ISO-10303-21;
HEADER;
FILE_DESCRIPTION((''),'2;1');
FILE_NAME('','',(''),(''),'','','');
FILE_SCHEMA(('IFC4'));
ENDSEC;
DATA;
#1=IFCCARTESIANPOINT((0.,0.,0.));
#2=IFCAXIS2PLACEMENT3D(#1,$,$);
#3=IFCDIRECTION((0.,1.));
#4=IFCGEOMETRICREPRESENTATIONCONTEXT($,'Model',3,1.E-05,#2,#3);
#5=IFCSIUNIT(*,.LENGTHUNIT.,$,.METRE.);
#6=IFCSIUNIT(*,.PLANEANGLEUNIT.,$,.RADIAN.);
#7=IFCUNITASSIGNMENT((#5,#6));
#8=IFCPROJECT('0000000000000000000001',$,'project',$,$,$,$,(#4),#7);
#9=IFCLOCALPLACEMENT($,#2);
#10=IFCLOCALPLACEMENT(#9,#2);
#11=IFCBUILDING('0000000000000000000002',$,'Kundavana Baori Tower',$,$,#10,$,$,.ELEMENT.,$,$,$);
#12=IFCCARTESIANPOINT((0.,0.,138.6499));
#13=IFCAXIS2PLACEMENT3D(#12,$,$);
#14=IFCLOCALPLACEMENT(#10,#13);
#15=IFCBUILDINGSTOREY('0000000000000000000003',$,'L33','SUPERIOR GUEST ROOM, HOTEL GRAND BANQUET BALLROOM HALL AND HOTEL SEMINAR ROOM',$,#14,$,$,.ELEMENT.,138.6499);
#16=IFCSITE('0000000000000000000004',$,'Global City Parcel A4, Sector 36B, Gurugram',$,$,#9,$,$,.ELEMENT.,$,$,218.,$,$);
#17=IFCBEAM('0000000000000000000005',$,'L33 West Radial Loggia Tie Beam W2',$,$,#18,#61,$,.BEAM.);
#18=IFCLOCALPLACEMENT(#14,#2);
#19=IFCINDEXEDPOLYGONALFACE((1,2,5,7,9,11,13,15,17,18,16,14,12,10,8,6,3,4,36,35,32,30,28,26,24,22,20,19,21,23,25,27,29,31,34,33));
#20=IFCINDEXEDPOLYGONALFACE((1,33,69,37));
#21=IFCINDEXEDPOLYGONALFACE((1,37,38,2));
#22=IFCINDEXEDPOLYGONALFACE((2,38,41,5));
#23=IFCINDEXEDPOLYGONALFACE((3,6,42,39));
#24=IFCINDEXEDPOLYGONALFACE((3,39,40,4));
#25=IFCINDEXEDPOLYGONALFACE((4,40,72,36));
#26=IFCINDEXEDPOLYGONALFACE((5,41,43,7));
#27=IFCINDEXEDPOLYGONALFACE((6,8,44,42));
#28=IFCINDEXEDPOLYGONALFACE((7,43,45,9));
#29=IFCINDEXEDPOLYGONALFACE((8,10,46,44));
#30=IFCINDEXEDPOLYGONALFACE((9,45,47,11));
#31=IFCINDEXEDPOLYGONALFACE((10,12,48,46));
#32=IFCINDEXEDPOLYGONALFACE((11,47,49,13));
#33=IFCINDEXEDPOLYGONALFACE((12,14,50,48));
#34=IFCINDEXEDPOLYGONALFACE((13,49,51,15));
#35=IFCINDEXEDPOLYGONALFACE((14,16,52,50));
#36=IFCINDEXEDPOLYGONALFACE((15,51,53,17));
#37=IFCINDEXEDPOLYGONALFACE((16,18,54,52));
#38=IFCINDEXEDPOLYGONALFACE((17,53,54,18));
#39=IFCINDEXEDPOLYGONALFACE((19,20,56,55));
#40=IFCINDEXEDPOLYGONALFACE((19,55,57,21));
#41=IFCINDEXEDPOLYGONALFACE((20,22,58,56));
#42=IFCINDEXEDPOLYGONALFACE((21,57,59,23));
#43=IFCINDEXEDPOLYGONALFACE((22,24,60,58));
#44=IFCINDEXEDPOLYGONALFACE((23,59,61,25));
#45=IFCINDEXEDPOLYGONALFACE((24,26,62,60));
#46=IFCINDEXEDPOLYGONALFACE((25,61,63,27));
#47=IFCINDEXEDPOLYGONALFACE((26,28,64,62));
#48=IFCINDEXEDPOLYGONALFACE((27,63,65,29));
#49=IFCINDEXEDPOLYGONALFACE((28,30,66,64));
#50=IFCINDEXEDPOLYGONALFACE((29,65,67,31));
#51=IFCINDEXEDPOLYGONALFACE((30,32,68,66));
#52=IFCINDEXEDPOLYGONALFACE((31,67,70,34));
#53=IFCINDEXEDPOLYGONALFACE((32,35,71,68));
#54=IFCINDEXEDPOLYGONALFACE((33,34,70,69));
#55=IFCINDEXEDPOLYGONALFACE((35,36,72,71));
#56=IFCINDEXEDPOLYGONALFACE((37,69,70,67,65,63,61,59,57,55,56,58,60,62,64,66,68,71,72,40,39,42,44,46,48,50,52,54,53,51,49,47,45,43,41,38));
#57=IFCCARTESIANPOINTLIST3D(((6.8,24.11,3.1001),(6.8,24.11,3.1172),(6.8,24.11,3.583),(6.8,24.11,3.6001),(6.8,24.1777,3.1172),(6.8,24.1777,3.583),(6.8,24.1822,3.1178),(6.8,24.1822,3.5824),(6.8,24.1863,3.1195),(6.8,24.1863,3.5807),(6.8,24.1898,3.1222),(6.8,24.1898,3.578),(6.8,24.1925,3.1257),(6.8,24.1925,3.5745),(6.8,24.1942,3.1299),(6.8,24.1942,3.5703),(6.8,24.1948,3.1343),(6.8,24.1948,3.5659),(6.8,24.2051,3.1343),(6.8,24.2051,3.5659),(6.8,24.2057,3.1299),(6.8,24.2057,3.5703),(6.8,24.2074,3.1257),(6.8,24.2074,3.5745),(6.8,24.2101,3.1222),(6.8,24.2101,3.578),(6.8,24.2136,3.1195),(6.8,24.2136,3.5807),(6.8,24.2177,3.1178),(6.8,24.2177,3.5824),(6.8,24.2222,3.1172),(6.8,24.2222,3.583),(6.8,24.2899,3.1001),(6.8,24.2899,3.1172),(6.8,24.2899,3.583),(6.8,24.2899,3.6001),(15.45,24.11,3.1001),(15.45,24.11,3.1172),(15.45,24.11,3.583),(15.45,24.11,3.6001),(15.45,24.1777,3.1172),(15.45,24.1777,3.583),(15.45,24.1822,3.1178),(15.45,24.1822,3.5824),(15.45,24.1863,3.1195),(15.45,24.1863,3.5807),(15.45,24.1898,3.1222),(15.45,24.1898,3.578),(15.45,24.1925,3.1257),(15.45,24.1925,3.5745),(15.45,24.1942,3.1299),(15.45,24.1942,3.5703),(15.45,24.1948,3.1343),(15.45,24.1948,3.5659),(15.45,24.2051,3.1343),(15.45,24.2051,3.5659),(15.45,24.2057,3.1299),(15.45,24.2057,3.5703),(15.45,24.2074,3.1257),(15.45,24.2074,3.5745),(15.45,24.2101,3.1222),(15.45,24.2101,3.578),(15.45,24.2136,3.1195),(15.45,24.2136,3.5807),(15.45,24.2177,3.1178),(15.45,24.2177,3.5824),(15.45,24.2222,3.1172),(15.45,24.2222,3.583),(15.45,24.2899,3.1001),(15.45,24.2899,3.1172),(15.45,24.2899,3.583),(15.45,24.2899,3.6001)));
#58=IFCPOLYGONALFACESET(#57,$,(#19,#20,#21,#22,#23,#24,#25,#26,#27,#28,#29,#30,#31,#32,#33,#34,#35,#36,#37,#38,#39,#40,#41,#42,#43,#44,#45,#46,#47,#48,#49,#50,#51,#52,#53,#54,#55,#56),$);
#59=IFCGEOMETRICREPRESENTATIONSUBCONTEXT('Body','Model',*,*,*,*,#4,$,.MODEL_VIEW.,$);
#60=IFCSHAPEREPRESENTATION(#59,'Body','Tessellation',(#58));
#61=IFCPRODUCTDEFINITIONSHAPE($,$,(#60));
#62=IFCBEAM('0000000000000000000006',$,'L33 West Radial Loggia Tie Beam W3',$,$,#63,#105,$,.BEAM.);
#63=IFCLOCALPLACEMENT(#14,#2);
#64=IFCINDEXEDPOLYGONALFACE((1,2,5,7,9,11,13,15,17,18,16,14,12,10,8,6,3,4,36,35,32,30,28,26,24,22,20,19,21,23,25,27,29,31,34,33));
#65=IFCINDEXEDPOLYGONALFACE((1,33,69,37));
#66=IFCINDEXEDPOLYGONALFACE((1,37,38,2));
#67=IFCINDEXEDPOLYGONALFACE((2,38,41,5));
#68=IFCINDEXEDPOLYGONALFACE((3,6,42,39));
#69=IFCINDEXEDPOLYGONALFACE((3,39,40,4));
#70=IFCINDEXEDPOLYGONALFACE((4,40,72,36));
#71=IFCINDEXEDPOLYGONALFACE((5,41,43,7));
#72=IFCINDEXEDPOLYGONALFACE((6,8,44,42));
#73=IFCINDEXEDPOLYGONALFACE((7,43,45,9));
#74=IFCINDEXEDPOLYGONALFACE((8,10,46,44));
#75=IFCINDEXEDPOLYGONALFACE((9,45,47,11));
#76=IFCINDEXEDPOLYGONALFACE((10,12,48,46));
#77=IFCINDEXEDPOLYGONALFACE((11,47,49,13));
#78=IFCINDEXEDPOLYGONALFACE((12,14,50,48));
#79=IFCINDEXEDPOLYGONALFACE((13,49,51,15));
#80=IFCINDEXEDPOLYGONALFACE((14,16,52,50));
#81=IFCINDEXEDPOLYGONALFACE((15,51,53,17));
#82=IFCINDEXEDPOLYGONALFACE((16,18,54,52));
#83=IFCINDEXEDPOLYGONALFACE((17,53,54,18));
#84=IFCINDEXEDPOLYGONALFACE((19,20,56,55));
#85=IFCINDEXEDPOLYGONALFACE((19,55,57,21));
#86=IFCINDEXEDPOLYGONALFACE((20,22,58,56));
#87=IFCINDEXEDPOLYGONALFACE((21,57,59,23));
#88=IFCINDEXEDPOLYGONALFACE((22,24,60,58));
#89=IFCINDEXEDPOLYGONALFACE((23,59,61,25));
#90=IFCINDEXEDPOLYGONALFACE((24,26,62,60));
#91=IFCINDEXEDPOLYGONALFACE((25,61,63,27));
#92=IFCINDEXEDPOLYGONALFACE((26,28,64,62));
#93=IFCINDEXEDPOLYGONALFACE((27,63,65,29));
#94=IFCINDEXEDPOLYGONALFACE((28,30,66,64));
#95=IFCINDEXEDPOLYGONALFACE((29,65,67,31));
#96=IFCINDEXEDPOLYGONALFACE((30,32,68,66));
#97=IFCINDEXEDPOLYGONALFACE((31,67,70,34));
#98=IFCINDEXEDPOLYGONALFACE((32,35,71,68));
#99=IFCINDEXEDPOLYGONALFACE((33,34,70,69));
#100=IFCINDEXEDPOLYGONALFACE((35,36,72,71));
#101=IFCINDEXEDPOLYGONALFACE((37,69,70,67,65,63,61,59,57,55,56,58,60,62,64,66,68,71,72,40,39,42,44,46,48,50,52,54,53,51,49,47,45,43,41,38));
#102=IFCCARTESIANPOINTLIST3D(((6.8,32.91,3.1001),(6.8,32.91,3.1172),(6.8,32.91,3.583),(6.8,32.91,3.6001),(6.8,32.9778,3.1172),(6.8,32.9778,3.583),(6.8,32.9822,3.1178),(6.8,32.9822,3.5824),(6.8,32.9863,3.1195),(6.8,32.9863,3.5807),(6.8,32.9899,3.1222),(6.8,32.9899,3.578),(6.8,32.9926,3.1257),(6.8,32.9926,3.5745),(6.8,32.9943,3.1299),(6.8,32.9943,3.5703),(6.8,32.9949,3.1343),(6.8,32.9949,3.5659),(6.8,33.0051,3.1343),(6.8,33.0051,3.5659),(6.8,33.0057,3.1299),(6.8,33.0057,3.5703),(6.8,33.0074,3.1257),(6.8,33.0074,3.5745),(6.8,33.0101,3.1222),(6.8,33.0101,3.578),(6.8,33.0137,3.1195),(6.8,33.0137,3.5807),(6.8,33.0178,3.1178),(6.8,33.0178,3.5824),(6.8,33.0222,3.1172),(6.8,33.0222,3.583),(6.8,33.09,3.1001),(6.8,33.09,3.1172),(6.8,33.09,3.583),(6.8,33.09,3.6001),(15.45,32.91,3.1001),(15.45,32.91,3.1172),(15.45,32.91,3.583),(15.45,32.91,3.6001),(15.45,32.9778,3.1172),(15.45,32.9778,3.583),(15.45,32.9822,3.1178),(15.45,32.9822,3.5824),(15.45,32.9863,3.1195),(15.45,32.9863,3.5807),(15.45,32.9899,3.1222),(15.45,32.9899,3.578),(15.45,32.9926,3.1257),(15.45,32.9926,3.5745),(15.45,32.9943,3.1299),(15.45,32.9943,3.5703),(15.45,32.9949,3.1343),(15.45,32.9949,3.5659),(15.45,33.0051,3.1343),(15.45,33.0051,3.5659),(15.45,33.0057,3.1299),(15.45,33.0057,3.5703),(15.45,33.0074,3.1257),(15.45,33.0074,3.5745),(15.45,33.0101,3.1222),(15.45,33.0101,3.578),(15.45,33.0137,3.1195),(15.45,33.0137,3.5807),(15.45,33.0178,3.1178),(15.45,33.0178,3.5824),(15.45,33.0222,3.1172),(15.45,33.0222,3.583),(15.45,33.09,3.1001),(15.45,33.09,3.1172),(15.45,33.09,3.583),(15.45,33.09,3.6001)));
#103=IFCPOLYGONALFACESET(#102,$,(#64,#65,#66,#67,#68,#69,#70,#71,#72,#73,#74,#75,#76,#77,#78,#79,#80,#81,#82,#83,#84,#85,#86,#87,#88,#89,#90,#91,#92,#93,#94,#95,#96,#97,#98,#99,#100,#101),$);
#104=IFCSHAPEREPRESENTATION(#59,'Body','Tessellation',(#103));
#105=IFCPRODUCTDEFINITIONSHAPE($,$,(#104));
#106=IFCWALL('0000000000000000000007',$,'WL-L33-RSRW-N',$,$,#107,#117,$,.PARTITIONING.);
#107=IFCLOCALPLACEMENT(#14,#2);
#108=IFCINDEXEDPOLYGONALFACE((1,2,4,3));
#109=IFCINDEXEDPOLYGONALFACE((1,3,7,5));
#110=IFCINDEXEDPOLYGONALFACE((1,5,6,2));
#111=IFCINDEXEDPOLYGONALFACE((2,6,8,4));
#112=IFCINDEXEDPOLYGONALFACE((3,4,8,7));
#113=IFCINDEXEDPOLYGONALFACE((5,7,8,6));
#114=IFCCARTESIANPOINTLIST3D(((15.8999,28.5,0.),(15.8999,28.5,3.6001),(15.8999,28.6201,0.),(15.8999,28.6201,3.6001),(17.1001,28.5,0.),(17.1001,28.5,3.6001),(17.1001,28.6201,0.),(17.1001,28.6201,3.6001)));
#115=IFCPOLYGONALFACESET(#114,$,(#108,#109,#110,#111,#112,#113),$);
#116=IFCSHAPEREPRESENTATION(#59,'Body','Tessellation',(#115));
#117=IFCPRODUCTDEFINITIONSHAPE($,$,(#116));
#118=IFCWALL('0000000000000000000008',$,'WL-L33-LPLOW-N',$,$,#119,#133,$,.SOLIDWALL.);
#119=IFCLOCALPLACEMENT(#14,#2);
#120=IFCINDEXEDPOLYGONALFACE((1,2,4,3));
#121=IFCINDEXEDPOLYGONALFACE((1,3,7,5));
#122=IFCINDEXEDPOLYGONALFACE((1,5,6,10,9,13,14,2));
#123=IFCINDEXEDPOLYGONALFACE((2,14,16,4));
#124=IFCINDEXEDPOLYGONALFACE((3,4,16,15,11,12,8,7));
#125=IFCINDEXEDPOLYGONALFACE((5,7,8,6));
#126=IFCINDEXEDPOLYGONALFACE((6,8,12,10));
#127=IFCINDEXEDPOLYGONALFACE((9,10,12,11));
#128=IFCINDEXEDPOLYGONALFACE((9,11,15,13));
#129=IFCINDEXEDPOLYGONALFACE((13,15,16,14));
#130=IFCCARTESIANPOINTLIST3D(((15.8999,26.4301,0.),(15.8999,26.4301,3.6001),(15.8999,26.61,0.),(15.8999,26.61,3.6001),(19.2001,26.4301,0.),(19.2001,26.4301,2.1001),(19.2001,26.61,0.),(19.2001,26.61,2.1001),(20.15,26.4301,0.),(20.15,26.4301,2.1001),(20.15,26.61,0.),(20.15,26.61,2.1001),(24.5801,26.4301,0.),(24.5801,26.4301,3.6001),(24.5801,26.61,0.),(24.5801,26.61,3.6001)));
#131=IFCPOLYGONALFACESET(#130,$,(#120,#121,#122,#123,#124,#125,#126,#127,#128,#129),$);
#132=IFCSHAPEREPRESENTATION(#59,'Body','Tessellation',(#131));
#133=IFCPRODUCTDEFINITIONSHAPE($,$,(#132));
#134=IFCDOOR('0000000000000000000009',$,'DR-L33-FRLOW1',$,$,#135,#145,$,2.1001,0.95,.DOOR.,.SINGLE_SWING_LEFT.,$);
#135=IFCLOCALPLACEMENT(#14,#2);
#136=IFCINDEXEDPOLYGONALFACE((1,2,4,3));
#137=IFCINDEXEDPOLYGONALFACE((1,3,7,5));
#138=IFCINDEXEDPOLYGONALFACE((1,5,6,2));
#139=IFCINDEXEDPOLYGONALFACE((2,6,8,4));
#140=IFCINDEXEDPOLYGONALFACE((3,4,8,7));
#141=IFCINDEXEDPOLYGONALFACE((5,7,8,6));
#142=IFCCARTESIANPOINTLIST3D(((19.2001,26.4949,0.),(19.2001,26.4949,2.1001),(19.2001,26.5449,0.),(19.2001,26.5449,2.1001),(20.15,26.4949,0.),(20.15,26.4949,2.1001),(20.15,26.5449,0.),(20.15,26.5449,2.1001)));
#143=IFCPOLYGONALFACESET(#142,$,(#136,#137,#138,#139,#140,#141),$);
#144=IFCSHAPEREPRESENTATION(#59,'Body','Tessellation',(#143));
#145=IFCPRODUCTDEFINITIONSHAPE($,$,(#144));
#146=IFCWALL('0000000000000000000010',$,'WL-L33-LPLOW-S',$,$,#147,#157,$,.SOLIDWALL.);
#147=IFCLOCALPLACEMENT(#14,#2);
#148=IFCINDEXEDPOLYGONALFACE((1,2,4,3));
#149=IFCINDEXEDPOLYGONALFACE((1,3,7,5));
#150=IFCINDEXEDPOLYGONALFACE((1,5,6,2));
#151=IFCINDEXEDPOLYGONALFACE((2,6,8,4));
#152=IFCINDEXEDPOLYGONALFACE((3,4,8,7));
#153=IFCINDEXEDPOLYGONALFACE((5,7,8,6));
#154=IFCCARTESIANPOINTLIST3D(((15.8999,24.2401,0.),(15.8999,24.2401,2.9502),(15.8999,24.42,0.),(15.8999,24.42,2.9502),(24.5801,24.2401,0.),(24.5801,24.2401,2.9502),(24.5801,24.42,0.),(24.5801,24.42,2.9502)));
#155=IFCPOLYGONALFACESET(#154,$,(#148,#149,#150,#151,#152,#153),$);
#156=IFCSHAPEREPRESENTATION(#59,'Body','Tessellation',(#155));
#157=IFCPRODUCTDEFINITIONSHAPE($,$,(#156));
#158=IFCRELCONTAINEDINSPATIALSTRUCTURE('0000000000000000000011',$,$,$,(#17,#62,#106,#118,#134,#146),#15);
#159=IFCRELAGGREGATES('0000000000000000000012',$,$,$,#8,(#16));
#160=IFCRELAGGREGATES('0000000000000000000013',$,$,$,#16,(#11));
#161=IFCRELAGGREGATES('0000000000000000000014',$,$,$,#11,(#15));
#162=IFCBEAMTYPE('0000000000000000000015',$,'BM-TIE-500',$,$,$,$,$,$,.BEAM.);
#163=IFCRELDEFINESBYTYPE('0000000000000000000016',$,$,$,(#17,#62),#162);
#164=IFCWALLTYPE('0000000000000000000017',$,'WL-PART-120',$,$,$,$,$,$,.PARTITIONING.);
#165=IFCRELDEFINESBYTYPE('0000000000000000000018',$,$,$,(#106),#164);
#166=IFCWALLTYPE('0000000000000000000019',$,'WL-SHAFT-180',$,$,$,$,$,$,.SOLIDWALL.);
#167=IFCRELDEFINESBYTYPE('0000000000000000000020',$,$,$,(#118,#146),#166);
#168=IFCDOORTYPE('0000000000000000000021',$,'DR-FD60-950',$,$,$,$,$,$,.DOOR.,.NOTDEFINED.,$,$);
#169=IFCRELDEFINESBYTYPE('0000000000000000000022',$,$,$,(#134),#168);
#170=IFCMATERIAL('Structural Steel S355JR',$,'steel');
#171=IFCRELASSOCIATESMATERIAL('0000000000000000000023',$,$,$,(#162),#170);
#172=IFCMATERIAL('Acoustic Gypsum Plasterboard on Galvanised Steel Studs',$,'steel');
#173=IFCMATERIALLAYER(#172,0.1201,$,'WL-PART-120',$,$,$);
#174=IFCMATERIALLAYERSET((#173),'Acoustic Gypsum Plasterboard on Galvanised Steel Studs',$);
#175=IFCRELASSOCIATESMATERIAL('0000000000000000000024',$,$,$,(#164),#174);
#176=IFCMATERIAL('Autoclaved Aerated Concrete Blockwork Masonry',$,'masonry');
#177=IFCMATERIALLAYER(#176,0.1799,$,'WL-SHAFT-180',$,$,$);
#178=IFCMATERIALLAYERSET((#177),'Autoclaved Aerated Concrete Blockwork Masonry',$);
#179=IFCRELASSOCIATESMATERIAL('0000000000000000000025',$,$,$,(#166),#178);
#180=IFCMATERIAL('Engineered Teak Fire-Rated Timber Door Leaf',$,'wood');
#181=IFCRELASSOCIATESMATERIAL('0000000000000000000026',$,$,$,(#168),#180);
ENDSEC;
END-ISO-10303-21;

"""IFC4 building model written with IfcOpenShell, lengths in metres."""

from ifc_helpers import new_model, si_unit, direction, frame, frame_2d, origin, origin_2d, place, context, subcontext, project, spatial, rectangle, i_section, extrude, material, layer, layer_set, material_profile, profile_set, type_object, element, fill, save


model = new_model("IFC4")

# Units and contexts
model_context = context("Model", 3, precision=1e-05, world=origin(), true_north=direction((0.0, 1.0)))
body_context = subcontext(model_context, "Body", "Model", "MODEL_VIEW")
ifc_project = project(units=[si_unit("LENGTHUNIT", "METRE"), si_unit("PLANEANGLEUNIT", "RADIAN")], contexts=[model_context])

# Site, building, storey
site_placement = place(None, origin())
site = spatial("IfcSite", under=ifc_project, at=site_placement, Name="Global City Parcel A4, Sector 36B, Gurugram", CompositionType="ELEMENT", RefElevation=218.0)
building_placement = place(site_placement, origin())
building = spatial("IfcBuilding", under=site, at=building_placement, Name="Kundavana Baori Tower", CompositionType="ELEMENT")
storey_placement = place(building_placement, frame((0.0, 0.0, 138.6499)))
storey = spatial("IfcBuildingStorey", under=building, at=storey_placement, Name="L33", Description="SUPERIOR GUEST ROOM, HOTEL GRAND BANQUET BALLROOM HALL AND HOTEL SEMINAR ROOM", CompositionType="ELEMENT", Elevation=138.6499)

# Beams
ifc_material_1 = material(Name="Structural Steel S355JR", Category="steel")
ifc_material_profile_1 = material_profile(ifc_material_1, i_section(OverallWidth=0.1799, OverallDepth=0.5, WebThickness=0.0103, FlangeThickness=0.0171, FilletRadius=0.0171, at=origin_2d()), Name="ISMB 500")
ifc_profile_set_1 = profile_set([ifc_material_profile_1], Name="Structural Steel S355JR")
beam_type_1 = type_object("IfcBeamType", Name="BM-TIE-500", PredefinedType="BEAM", material=ifc_profile_set_1)
for number, where, z_axis, x_axis, name in (
    (1, (15.45, 24.2, 3.3501), (-1.0, 0.0, 0.0), (0.0, -1.0, 0.0), "L33 West Radial Loggia Tie Beam W2"),
    (2, (15.45, 33.0, 3.3501), (-1.0, 0.0, 0.0), (0.0, -1.0, 0.0), "L33 West Radial Loggia Tie Beam W3"),
):
    element("IfcBeam", number, at=place(storey_placement, frame(where, z_axis=z_axis, x_axis=x_axis)), inside=storey, type_object=beam_type_1, Name=name, PredefinedType="BEAM", context=body_context, shape_type="SweptSolid", body=[
        extrude(i_section(OverallWidth=0.1799, OverallDepth=0.5, WebThickness=0.0103, FlangeThickness=0.0171, FilletRadius=0.0171, at=origin_2d()), origin(), (0.0, 0.0, 1.0), 8.6499),
    ])

# Wall
ifc_material_2 = material(Name="Acoustic Gypsum Plasterboard on Galvanised Steel Studs", Category="steel")
ifc_layer_1 = layer(ifc_material_2, 0.1201, Name="WL-PART-120")
ifc_layer_set_1 = layer_set([ifc_layer_1], Name="Acoustic Gypsum Plasterboard on Galvanised Steel Studs")
wall_type_1 = type_object("IfcWallType", Name="WL-PART-120", PredefinedType="PARTITIONING", material=ifc_layer_set_1)
wall_1_placement = place(storey_placement, frame((15.8999, 28.5601, 0.0), z_axis=(0.0, 0.0, 1.0), x_axis=(1.0, 0.0, 0.0)))
element("IfcWall", 3, at=wall_1_placement, inside=storey, type_object=wall_type_1, Name="WL-L33-RSRW-N", PredefinedType="PARTITIONING", context=body_context, shape_type="SweptSolid", body=[
    extrude(rectangle(XDim=1.2002, YDim=0.1201, at=frame_2d((0.6001, 0.0))), origin(), (0.0, 0.0, 1.0), 3.6001),
])

# Wall, opening, door
ifc_material_3 = material(Name="Autoclaved Aerated Concrete Blockwork Masonry", Category="masonry")
ifc_layer_2 = layer(ifc_material_3, 0.1799, Name="WL-SHAFT-180")
ifc_layer_set_2 = layer_set([ifc_layer_2], Name="Autoclaved Aerated Concrete Blockwork Masonry")
wall_type_2 = type_object("IfcWallType", Name="WL-SHAFT-180", PredefinedType="SOLIDWALL", material=ifc_layer_set_2)
wall_2_placement = place(storey_placement, frame((15.8999, 26.52, 0.0), z_axis=(0.0, 0.0, 1.0), x_axis=(1.0, 0.0, 0.0)))
wall_2 = element("IfcWall", 4, at=wall_2_placement, inside=storey, type_object=wall_type_2, Name="WL-L33-LPLOW-N", PredefinedType="SOLIDWALL", context=body_context, shape_type="SweptSolid", body=[
    extrude(rectangle(XDim=8.6802, YDim=0.1799, at=frame_2d((4.3401, 0.0))), origin(), (0.0, 0.0, 1.0), 3.6001),
])
opening_1_placement = place(wall_2_placement, frame((3.3, 0.0, 0.0)))
opening_1 = element("IfcOpeningElement", 5, at=opening_1_placement, cuts=wall_2, PredefinedType="OPENING", context=body_context, shape_type="SweptSolid", body=[
    extrude(rectangle(XDim=0.95, YDim=2.1001, at=frame_2d((0.4751, 1.05))), frame((0.0, 0.1001, 0.0), z_axis=(0.0, -1.0, 0.0), x_axis=(1.0, 0.0, 0.0)), (0.0, 0.0, 1.0), 0.2),
])
ifc_material_4 = material(Name="Engineered Teak Fire-Rated Timber Door Leaf", Category="wood")
door_type_1 = type_object("IfcDoorType", Name="DR-FD60-950", OperationType="NOTDEFINED", PredefinedType="DOOR", material=ifc_material_4)
door_1_placement = place(opening_1_placement, origin())
door_1 = element("IfcDoor", 6, at=door_1_placement, inside=storey, type_object=door_type_1, Name="DR-L33-FRLOW1", OperationType="SINGLE_SWING_LEFT", OverallHeight=2.1001, OverallWidth=0.95, PredefinedType="DOOR", context=body_context, shape_type="SweptSolid", body=[
    extrude(rectangle(XDim=0.95, YDim=2.1001, at=frame_2d((0.4751, 1.05))), frame((0.0, 0.0249, 0.0), z_axis=(0.0, -1.0, 0.0), x_axis=(1.0, 0.0, 0.0)), (0.0, 0.0, 1.0), 0.05),
])
fill(opening_1, door_1)

# Wall
wall_3_placement = place(storey_placement, frame((15.8999, 24.3301, 0.0), z_axis=(0.0, 0.0, 1.0), x_axis=(1.0, 0.0, 0.0)))
element("IfcWall", 7, at=wall_3_placement, inside=storey, type_object=wall_type_2, Name="WL-L33-LPLOW-S", PredefinedType="SOLIDWALL", context=body_context, shape_type="SweptSolid", body=[
    extrude(rectangle(XDim=8.6802, YDim=0.1799, at=frame_2d((4.3401, 0.0))), origin(), (0.0, 0.0, 1.0), 2.9502),
])

save(model, "model.ifc")
